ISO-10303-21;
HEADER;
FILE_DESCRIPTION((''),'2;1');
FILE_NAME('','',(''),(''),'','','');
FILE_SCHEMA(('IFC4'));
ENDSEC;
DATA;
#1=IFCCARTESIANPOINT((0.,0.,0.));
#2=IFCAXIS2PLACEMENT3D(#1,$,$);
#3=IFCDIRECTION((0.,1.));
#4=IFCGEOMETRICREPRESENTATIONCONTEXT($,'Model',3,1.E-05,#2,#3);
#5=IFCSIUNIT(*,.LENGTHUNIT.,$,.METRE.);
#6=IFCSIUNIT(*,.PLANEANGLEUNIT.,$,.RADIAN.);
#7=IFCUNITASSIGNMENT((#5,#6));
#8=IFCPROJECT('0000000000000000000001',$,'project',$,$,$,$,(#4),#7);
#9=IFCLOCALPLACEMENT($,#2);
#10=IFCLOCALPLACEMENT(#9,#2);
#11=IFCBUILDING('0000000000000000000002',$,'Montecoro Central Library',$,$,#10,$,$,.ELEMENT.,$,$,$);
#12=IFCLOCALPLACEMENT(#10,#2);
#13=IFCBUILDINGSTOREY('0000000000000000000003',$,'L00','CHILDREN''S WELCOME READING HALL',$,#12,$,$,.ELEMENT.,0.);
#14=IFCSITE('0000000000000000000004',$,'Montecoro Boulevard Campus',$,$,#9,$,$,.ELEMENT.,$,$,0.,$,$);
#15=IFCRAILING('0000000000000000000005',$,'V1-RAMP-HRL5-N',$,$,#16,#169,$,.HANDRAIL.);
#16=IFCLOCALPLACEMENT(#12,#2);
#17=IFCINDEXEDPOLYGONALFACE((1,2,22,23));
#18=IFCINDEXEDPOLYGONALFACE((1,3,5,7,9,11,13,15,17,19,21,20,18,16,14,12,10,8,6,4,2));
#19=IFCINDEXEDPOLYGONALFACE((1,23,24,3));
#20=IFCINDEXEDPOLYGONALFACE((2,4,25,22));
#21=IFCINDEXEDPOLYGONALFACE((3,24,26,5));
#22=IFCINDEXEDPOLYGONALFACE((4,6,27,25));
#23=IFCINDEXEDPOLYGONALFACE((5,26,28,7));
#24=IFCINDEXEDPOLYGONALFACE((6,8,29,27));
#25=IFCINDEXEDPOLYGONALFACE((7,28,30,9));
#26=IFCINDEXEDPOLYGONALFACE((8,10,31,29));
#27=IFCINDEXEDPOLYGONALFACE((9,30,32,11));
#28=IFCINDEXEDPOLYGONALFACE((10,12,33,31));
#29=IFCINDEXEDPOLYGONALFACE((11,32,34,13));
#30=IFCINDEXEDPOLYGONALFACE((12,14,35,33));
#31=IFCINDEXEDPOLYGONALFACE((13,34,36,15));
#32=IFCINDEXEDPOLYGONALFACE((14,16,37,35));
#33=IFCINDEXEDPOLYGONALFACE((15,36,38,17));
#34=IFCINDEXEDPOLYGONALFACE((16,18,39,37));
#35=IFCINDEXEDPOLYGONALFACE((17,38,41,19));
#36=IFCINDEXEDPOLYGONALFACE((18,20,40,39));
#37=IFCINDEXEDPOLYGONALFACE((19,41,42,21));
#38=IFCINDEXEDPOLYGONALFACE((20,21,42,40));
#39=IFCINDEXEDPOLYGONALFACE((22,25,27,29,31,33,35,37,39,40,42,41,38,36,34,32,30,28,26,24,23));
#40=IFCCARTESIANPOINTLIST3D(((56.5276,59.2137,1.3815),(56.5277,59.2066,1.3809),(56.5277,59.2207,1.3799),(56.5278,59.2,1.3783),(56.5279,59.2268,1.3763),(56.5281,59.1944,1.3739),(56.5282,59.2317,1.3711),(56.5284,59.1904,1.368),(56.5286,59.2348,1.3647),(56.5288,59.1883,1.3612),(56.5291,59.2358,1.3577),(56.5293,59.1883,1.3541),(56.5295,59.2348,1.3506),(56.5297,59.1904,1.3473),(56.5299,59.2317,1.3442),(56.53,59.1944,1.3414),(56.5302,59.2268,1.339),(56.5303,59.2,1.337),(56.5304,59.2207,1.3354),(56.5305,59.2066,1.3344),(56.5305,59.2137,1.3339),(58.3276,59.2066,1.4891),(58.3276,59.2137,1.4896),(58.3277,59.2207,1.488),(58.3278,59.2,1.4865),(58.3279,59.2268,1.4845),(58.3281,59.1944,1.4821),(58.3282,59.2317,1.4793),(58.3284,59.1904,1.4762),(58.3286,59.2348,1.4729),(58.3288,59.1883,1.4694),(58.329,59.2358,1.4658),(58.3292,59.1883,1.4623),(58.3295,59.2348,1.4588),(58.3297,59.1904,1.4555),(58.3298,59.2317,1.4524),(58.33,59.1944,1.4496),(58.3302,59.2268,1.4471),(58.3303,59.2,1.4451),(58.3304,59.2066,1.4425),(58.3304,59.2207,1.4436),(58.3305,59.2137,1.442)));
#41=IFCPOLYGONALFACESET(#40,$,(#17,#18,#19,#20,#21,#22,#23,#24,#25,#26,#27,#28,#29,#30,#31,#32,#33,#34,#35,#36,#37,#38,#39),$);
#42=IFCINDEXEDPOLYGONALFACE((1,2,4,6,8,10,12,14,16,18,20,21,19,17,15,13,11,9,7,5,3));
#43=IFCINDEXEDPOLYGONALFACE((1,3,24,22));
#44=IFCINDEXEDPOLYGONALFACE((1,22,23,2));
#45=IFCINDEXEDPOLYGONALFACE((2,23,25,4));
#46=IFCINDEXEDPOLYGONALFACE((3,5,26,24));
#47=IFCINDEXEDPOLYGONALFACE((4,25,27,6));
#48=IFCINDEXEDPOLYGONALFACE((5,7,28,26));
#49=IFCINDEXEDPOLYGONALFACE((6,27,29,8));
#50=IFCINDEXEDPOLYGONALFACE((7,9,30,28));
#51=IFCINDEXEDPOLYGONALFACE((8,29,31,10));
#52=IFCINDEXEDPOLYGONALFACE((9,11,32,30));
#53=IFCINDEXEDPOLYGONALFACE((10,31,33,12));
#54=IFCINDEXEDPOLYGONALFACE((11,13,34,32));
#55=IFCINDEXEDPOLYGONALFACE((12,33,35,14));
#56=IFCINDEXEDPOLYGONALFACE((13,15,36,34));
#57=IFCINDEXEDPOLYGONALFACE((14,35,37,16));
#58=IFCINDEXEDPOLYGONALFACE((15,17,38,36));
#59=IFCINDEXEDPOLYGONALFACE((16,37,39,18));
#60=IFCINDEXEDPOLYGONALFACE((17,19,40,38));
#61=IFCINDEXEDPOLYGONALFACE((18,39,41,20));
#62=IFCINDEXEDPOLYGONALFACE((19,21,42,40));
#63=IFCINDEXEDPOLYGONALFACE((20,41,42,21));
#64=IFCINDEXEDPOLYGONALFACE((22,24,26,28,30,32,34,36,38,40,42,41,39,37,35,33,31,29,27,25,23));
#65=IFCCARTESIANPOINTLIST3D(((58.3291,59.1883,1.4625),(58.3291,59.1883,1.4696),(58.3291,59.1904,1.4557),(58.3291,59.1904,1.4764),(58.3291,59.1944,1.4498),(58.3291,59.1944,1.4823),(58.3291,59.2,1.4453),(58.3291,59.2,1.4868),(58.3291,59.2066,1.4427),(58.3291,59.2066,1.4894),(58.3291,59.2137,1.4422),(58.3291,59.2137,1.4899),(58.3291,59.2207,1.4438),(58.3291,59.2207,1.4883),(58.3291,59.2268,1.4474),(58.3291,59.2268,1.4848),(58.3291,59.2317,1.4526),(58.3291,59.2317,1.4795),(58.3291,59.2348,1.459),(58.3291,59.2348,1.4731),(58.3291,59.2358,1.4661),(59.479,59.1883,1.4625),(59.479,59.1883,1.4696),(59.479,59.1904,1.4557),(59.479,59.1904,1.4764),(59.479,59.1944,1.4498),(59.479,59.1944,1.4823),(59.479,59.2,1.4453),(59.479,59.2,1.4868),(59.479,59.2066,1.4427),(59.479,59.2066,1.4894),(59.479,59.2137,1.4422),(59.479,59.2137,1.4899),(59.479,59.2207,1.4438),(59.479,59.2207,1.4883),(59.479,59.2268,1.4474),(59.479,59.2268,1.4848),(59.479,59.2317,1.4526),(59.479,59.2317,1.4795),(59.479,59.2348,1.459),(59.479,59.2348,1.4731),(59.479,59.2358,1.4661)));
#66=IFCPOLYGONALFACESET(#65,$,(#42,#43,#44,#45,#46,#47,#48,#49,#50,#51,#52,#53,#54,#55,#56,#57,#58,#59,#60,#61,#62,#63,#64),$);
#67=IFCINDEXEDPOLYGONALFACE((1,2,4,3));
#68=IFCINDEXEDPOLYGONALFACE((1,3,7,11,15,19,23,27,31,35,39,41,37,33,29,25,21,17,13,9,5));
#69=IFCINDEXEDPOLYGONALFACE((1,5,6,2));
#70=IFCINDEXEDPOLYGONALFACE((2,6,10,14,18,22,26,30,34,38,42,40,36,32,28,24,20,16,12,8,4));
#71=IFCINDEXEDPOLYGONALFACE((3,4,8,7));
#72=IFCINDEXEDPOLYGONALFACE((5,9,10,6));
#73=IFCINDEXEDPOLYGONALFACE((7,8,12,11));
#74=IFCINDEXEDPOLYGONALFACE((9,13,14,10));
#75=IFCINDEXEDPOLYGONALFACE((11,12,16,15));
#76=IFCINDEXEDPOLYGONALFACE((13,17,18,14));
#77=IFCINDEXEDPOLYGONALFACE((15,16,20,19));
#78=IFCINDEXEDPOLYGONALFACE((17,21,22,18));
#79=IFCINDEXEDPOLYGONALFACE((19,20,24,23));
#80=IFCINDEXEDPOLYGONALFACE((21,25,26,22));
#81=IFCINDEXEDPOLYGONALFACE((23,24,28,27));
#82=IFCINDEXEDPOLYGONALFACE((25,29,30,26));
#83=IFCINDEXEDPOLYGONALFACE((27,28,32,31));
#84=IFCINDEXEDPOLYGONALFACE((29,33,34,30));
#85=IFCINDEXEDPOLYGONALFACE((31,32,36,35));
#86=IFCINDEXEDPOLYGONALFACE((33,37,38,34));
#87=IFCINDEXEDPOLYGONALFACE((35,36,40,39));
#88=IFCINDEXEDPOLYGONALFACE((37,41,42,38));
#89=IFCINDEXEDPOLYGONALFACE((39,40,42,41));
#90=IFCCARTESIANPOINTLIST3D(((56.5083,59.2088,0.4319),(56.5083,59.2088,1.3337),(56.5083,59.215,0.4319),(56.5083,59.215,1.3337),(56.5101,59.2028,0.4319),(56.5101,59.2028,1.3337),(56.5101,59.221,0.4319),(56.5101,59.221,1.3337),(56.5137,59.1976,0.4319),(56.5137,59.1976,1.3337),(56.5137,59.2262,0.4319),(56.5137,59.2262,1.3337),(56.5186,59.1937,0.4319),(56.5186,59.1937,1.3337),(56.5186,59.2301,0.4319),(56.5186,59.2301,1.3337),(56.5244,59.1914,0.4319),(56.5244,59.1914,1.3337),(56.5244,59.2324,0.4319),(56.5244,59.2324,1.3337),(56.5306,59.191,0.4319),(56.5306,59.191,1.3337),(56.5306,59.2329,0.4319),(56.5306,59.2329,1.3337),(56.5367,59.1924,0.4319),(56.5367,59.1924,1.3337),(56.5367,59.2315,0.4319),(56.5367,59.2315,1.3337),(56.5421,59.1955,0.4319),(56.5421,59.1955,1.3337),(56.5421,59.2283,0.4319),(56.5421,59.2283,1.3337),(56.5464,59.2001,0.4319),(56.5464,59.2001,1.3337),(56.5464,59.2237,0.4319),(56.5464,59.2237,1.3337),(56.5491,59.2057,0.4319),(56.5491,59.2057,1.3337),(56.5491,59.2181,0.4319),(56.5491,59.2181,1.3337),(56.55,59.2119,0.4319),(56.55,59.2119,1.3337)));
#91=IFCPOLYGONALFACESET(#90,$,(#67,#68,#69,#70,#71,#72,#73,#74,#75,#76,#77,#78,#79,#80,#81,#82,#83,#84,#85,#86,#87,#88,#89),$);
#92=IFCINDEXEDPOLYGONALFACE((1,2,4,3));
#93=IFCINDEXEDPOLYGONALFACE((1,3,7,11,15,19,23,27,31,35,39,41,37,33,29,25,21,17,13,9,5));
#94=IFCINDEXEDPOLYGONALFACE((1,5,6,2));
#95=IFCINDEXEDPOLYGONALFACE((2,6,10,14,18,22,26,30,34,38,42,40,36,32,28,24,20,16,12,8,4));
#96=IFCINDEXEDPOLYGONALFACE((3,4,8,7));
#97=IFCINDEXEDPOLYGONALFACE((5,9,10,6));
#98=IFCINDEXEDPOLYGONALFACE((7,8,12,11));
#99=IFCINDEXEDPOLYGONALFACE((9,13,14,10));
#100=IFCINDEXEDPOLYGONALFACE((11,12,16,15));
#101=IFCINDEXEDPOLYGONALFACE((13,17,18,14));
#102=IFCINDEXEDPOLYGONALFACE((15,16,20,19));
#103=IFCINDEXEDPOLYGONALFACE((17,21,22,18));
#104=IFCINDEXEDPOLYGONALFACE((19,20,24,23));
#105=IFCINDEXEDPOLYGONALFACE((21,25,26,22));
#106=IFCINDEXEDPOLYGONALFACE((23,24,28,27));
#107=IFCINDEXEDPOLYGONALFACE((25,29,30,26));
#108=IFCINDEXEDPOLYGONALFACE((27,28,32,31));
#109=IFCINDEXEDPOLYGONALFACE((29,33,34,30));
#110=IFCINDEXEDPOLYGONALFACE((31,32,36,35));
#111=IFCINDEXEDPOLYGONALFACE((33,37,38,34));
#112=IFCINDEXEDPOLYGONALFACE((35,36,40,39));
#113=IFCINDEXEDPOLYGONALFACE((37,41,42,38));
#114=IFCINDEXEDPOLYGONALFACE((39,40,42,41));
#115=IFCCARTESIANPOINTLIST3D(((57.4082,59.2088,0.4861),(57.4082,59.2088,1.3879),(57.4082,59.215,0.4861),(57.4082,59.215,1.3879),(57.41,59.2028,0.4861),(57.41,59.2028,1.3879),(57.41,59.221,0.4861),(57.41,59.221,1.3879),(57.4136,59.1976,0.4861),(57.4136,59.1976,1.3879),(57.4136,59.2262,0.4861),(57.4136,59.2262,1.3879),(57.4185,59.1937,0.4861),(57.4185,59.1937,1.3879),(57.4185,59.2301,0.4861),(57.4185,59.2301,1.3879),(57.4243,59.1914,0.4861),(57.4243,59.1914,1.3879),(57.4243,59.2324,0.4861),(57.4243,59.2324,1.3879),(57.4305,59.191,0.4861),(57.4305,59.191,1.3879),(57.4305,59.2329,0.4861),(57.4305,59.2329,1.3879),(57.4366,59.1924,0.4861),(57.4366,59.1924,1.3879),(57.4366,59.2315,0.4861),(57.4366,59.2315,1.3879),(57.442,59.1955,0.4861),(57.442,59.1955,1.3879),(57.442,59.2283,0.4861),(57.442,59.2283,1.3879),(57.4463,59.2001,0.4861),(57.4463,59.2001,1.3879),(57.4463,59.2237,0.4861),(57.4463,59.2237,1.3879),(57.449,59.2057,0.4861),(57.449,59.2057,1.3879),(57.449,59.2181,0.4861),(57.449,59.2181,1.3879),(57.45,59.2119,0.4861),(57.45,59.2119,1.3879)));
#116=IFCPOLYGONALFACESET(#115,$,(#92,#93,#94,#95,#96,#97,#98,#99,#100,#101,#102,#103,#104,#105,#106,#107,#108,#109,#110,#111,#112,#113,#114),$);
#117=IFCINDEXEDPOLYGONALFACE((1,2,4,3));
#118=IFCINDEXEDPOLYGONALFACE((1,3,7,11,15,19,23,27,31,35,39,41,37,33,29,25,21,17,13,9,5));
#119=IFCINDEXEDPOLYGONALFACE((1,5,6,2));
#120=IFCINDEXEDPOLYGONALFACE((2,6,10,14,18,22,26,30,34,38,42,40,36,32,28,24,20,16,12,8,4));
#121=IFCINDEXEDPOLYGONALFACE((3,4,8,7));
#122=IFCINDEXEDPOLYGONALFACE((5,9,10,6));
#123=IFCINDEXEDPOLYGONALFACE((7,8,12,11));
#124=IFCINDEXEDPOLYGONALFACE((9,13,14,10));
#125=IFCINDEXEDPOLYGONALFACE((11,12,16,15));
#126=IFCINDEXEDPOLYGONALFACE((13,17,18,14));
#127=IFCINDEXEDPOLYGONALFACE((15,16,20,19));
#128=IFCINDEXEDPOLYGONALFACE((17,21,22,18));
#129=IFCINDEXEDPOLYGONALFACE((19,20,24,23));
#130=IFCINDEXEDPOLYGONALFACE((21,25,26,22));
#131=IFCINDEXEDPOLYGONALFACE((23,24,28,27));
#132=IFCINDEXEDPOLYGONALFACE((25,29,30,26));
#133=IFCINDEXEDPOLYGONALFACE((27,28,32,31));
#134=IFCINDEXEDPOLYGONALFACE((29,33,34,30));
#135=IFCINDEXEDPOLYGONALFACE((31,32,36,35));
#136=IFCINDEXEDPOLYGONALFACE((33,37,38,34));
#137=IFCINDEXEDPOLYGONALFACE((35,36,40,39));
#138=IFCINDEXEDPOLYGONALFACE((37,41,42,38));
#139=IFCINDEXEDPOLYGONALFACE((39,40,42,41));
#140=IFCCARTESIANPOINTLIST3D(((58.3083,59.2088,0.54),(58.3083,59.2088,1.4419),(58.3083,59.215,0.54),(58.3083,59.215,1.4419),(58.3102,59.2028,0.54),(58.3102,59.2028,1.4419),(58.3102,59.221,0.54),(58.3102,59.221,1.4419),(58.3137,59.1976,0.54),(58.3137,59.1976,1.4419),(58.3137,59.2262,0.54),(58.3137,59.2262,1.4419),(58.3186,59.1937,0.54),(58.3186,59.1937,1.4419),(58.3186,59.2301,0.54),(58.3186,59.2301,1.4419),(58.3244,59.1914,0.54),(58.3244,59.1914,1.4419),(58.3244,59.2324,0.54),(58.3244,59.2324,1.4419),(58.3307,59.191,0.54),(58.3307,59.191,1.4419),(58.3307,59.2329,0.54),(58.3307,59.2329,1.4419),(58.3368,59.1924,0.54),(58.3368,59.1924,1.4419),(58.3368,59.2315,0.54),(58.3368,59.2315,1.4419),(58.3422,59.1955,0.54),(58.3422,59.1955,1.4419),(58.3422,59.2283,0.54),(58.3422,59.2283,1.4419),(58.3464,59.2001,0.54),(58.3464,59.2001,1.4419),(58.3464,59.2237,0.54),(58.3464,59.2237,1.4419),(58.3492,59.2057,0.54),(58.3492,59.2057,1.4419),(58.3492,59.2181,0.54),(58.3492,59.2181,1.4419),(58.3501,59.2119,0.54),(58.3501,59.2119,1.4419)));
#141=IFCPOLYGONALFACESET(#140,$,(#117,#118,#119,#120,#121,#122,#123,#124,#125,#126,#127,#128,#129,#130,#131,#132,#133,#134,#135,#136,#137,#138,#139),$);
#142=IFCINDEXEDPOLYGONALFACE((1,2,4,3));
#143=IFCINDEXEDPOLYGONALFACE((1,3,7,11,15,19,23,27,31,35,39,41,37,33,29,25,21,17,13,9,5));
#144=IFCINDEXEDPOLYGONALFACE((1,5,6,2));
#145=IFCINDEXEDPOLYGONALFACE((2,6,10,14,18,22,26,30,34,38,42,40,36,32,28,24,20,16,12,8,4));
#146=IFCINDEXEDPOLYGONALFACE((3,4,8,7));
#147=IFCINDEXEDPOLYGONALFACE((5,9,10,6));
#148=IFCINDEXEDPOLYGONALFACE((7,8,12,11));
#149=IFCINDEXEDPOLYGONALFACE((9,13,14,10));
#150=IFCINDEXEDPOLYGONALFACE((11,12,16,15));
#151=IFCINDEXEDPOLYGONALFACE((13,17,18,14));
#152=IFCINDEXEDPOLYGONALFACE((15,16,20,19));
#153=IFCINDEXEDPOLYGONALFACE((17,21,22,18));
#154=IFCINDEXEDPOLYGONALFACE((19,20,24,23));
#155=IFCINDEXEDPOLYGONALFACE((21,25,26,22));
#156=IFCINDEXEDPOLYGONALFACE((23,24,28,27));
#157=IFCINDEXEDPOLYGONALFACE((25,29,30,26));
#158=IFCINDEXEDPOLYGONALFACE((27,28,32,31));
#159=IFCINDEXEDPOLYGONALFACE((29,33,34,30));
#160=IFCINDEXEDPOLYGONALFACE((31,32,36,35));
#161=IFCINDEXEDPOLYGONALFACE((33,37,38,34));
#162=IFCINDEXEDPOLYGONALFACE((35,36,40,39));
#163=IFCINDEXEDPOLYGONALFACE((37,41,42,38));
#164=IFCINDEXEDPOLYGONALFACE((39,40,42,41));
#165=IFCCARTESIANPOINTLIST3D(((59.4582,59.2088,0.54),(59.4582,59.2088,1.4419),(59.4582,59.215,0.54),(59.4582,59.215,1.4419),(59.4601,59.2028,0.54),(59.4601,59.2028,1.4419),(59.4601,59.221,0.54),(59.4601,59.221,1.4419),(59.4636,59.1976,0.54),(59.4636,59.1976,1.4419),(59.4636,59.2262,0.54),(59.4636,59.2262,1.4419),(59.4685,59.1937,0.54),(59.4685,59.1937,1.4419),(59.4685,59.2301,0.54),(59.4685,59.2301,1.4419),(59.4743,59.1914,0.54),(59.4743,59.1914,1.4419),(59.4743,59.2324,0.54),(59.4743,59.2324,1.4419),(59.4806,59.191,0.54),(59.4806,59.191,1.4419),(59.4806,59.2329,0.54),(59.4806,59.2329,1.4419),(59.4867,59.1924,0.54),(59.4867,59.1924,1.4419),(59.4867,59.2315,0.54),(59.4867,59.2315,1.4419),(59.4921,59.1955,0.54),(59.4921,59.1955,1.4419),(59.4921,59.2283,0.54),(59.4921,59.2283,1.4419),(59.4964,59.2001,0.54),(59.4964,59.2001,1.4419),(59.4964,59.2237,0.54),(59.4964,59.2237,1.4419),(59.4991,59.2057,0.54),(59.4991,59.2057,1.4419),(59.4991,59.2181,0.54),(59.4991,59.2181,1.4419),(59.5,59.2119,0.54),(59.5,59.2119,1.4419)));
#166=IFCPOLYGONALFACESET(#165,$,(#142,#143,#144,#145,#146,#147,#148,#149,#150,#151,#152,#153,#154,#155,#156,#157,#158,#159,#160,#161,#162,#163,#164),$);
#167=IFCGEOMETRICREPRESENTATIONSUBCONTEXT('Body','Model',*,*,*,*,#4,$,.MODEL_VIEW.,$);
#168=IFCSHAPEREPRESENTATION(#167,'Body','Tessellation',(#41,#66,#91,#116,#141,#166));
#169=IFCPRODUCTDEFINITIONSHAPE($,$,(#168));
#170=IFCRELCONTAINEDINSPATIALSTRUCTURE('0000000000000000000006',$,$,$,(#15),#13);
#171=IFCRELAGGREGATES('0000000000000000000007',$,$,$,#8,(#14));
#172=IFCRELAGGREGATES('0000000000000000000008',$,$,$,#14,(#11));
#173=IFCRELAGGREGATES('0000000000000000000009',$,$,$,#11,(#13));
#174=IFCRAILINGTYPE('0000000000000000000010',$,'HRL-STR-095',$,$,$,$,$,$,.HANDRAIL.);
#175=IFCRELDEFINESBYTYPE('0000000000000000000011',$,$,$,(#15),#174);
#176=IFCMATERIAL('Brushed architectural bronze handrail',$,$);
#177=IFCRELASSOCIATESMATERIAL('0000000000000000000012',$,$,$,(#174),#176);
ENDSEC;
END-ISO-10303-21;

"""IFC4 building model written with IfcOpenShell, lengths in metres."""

from ifc_helpers import new_model, si_unit, direction, frame, origin, origin_2d, place, context, subcontext, project, spatial, circle, extrude, material, type_object, element, save


model = new_model("IFC4")

# Units and contexts
model_context = context("Model", 3, precision=1e-05, world=origin(), true_north=direction((0.0, 1.0)))
body_context = subcontext(model_context, "Body", "Model", "MODEL_VIEW")
ifc_project = project(units=[si_unit("LENGTHUNIT", "METRE"), si_unit("PLANEANGLEUNIT", "RADIAN")], contexts=[model_context])

# Site, building, storey
site_placement = place(None, origin())
site = spatial("IfcSite", under=ifc_project, at=site_placement, Name="Montecoro Boulevard Campus", CompositionType="ELEMENT", RefElevation=0.0)
building_placement = place(site_placement, origin())
building = spatial("IfcBuilding", under=site, at=building_placement, Name="Montecoro Central Library", CompositionType="ELEMENT")
storey_placement = place(building_placement, origin())
storey = spatial("IfcBuildingStorey", under=building, at=storey_placement, Name="L00", Description="CHILDREN'S WELCOME READING HALL", CompositionType="ELEMENT", Elevation=0.0)

# Railing
ifc_material_1 = material(Name="Brushed architectural bronze handrail")
railing_type = type_object("IfcRailingType", Name="HRL-STR-095", PredefinedType="HANDRAIL", material=ifc_material_1)
railing_1_placement = place(storey_placement, frame((56.5291, 59.2119, 0.4319)))
element("IfcRailing", 1, at=railing_1_placement, inside=storey, type_object=railing_type, Name="V1-RAMP-HRL5-N", PredefinedType="HANDRAIL", context=body_context, shape_type="SweptSolid", body=[
    extrude(circle(Radius=0.0239, at=origin_2d()), frame((0.0, 0.0, 0.9258), z_axis=(0.9982, 0.0, 0.059976), x_axis=(0.0, 1.0, 0.0)), (0.0, 0.0, 1.0), 1.8032),
    extrude(circle(Radius=0.0239, at=origin_2d()), frame((1.8, 0.0, 1.0342), z_axis=(1.0, 0.0, 0.0), x_axis=(0.0, 1.0, 0.0)), (0.0, 0.0, 1.0), 1.1499),
    extrude(circle(Radius=0.021, at=origin_2d()), origin(), (0.0, 0.0, 1.0), 0.9019),
    extrude(circle(Radius=0.021, at=origin_2d()), frame((0.8999, 0.0, 0.0542)), (0.0, 0.0, 1.0), 0.9019),
    extrude(circle(Radius=0.021, at=origin_2d()), frame((1.8, 0.0, 0.1082)), (0.0, 0.0, 1.0), 0.9019),
    extrude(circle(Radius=0.021, at=origin_2d()), frame((2.95, 0.0, 0.1082)), (0.0, 0.0, 1.0), 0.9019),
])

save(model, "model.ifc")
